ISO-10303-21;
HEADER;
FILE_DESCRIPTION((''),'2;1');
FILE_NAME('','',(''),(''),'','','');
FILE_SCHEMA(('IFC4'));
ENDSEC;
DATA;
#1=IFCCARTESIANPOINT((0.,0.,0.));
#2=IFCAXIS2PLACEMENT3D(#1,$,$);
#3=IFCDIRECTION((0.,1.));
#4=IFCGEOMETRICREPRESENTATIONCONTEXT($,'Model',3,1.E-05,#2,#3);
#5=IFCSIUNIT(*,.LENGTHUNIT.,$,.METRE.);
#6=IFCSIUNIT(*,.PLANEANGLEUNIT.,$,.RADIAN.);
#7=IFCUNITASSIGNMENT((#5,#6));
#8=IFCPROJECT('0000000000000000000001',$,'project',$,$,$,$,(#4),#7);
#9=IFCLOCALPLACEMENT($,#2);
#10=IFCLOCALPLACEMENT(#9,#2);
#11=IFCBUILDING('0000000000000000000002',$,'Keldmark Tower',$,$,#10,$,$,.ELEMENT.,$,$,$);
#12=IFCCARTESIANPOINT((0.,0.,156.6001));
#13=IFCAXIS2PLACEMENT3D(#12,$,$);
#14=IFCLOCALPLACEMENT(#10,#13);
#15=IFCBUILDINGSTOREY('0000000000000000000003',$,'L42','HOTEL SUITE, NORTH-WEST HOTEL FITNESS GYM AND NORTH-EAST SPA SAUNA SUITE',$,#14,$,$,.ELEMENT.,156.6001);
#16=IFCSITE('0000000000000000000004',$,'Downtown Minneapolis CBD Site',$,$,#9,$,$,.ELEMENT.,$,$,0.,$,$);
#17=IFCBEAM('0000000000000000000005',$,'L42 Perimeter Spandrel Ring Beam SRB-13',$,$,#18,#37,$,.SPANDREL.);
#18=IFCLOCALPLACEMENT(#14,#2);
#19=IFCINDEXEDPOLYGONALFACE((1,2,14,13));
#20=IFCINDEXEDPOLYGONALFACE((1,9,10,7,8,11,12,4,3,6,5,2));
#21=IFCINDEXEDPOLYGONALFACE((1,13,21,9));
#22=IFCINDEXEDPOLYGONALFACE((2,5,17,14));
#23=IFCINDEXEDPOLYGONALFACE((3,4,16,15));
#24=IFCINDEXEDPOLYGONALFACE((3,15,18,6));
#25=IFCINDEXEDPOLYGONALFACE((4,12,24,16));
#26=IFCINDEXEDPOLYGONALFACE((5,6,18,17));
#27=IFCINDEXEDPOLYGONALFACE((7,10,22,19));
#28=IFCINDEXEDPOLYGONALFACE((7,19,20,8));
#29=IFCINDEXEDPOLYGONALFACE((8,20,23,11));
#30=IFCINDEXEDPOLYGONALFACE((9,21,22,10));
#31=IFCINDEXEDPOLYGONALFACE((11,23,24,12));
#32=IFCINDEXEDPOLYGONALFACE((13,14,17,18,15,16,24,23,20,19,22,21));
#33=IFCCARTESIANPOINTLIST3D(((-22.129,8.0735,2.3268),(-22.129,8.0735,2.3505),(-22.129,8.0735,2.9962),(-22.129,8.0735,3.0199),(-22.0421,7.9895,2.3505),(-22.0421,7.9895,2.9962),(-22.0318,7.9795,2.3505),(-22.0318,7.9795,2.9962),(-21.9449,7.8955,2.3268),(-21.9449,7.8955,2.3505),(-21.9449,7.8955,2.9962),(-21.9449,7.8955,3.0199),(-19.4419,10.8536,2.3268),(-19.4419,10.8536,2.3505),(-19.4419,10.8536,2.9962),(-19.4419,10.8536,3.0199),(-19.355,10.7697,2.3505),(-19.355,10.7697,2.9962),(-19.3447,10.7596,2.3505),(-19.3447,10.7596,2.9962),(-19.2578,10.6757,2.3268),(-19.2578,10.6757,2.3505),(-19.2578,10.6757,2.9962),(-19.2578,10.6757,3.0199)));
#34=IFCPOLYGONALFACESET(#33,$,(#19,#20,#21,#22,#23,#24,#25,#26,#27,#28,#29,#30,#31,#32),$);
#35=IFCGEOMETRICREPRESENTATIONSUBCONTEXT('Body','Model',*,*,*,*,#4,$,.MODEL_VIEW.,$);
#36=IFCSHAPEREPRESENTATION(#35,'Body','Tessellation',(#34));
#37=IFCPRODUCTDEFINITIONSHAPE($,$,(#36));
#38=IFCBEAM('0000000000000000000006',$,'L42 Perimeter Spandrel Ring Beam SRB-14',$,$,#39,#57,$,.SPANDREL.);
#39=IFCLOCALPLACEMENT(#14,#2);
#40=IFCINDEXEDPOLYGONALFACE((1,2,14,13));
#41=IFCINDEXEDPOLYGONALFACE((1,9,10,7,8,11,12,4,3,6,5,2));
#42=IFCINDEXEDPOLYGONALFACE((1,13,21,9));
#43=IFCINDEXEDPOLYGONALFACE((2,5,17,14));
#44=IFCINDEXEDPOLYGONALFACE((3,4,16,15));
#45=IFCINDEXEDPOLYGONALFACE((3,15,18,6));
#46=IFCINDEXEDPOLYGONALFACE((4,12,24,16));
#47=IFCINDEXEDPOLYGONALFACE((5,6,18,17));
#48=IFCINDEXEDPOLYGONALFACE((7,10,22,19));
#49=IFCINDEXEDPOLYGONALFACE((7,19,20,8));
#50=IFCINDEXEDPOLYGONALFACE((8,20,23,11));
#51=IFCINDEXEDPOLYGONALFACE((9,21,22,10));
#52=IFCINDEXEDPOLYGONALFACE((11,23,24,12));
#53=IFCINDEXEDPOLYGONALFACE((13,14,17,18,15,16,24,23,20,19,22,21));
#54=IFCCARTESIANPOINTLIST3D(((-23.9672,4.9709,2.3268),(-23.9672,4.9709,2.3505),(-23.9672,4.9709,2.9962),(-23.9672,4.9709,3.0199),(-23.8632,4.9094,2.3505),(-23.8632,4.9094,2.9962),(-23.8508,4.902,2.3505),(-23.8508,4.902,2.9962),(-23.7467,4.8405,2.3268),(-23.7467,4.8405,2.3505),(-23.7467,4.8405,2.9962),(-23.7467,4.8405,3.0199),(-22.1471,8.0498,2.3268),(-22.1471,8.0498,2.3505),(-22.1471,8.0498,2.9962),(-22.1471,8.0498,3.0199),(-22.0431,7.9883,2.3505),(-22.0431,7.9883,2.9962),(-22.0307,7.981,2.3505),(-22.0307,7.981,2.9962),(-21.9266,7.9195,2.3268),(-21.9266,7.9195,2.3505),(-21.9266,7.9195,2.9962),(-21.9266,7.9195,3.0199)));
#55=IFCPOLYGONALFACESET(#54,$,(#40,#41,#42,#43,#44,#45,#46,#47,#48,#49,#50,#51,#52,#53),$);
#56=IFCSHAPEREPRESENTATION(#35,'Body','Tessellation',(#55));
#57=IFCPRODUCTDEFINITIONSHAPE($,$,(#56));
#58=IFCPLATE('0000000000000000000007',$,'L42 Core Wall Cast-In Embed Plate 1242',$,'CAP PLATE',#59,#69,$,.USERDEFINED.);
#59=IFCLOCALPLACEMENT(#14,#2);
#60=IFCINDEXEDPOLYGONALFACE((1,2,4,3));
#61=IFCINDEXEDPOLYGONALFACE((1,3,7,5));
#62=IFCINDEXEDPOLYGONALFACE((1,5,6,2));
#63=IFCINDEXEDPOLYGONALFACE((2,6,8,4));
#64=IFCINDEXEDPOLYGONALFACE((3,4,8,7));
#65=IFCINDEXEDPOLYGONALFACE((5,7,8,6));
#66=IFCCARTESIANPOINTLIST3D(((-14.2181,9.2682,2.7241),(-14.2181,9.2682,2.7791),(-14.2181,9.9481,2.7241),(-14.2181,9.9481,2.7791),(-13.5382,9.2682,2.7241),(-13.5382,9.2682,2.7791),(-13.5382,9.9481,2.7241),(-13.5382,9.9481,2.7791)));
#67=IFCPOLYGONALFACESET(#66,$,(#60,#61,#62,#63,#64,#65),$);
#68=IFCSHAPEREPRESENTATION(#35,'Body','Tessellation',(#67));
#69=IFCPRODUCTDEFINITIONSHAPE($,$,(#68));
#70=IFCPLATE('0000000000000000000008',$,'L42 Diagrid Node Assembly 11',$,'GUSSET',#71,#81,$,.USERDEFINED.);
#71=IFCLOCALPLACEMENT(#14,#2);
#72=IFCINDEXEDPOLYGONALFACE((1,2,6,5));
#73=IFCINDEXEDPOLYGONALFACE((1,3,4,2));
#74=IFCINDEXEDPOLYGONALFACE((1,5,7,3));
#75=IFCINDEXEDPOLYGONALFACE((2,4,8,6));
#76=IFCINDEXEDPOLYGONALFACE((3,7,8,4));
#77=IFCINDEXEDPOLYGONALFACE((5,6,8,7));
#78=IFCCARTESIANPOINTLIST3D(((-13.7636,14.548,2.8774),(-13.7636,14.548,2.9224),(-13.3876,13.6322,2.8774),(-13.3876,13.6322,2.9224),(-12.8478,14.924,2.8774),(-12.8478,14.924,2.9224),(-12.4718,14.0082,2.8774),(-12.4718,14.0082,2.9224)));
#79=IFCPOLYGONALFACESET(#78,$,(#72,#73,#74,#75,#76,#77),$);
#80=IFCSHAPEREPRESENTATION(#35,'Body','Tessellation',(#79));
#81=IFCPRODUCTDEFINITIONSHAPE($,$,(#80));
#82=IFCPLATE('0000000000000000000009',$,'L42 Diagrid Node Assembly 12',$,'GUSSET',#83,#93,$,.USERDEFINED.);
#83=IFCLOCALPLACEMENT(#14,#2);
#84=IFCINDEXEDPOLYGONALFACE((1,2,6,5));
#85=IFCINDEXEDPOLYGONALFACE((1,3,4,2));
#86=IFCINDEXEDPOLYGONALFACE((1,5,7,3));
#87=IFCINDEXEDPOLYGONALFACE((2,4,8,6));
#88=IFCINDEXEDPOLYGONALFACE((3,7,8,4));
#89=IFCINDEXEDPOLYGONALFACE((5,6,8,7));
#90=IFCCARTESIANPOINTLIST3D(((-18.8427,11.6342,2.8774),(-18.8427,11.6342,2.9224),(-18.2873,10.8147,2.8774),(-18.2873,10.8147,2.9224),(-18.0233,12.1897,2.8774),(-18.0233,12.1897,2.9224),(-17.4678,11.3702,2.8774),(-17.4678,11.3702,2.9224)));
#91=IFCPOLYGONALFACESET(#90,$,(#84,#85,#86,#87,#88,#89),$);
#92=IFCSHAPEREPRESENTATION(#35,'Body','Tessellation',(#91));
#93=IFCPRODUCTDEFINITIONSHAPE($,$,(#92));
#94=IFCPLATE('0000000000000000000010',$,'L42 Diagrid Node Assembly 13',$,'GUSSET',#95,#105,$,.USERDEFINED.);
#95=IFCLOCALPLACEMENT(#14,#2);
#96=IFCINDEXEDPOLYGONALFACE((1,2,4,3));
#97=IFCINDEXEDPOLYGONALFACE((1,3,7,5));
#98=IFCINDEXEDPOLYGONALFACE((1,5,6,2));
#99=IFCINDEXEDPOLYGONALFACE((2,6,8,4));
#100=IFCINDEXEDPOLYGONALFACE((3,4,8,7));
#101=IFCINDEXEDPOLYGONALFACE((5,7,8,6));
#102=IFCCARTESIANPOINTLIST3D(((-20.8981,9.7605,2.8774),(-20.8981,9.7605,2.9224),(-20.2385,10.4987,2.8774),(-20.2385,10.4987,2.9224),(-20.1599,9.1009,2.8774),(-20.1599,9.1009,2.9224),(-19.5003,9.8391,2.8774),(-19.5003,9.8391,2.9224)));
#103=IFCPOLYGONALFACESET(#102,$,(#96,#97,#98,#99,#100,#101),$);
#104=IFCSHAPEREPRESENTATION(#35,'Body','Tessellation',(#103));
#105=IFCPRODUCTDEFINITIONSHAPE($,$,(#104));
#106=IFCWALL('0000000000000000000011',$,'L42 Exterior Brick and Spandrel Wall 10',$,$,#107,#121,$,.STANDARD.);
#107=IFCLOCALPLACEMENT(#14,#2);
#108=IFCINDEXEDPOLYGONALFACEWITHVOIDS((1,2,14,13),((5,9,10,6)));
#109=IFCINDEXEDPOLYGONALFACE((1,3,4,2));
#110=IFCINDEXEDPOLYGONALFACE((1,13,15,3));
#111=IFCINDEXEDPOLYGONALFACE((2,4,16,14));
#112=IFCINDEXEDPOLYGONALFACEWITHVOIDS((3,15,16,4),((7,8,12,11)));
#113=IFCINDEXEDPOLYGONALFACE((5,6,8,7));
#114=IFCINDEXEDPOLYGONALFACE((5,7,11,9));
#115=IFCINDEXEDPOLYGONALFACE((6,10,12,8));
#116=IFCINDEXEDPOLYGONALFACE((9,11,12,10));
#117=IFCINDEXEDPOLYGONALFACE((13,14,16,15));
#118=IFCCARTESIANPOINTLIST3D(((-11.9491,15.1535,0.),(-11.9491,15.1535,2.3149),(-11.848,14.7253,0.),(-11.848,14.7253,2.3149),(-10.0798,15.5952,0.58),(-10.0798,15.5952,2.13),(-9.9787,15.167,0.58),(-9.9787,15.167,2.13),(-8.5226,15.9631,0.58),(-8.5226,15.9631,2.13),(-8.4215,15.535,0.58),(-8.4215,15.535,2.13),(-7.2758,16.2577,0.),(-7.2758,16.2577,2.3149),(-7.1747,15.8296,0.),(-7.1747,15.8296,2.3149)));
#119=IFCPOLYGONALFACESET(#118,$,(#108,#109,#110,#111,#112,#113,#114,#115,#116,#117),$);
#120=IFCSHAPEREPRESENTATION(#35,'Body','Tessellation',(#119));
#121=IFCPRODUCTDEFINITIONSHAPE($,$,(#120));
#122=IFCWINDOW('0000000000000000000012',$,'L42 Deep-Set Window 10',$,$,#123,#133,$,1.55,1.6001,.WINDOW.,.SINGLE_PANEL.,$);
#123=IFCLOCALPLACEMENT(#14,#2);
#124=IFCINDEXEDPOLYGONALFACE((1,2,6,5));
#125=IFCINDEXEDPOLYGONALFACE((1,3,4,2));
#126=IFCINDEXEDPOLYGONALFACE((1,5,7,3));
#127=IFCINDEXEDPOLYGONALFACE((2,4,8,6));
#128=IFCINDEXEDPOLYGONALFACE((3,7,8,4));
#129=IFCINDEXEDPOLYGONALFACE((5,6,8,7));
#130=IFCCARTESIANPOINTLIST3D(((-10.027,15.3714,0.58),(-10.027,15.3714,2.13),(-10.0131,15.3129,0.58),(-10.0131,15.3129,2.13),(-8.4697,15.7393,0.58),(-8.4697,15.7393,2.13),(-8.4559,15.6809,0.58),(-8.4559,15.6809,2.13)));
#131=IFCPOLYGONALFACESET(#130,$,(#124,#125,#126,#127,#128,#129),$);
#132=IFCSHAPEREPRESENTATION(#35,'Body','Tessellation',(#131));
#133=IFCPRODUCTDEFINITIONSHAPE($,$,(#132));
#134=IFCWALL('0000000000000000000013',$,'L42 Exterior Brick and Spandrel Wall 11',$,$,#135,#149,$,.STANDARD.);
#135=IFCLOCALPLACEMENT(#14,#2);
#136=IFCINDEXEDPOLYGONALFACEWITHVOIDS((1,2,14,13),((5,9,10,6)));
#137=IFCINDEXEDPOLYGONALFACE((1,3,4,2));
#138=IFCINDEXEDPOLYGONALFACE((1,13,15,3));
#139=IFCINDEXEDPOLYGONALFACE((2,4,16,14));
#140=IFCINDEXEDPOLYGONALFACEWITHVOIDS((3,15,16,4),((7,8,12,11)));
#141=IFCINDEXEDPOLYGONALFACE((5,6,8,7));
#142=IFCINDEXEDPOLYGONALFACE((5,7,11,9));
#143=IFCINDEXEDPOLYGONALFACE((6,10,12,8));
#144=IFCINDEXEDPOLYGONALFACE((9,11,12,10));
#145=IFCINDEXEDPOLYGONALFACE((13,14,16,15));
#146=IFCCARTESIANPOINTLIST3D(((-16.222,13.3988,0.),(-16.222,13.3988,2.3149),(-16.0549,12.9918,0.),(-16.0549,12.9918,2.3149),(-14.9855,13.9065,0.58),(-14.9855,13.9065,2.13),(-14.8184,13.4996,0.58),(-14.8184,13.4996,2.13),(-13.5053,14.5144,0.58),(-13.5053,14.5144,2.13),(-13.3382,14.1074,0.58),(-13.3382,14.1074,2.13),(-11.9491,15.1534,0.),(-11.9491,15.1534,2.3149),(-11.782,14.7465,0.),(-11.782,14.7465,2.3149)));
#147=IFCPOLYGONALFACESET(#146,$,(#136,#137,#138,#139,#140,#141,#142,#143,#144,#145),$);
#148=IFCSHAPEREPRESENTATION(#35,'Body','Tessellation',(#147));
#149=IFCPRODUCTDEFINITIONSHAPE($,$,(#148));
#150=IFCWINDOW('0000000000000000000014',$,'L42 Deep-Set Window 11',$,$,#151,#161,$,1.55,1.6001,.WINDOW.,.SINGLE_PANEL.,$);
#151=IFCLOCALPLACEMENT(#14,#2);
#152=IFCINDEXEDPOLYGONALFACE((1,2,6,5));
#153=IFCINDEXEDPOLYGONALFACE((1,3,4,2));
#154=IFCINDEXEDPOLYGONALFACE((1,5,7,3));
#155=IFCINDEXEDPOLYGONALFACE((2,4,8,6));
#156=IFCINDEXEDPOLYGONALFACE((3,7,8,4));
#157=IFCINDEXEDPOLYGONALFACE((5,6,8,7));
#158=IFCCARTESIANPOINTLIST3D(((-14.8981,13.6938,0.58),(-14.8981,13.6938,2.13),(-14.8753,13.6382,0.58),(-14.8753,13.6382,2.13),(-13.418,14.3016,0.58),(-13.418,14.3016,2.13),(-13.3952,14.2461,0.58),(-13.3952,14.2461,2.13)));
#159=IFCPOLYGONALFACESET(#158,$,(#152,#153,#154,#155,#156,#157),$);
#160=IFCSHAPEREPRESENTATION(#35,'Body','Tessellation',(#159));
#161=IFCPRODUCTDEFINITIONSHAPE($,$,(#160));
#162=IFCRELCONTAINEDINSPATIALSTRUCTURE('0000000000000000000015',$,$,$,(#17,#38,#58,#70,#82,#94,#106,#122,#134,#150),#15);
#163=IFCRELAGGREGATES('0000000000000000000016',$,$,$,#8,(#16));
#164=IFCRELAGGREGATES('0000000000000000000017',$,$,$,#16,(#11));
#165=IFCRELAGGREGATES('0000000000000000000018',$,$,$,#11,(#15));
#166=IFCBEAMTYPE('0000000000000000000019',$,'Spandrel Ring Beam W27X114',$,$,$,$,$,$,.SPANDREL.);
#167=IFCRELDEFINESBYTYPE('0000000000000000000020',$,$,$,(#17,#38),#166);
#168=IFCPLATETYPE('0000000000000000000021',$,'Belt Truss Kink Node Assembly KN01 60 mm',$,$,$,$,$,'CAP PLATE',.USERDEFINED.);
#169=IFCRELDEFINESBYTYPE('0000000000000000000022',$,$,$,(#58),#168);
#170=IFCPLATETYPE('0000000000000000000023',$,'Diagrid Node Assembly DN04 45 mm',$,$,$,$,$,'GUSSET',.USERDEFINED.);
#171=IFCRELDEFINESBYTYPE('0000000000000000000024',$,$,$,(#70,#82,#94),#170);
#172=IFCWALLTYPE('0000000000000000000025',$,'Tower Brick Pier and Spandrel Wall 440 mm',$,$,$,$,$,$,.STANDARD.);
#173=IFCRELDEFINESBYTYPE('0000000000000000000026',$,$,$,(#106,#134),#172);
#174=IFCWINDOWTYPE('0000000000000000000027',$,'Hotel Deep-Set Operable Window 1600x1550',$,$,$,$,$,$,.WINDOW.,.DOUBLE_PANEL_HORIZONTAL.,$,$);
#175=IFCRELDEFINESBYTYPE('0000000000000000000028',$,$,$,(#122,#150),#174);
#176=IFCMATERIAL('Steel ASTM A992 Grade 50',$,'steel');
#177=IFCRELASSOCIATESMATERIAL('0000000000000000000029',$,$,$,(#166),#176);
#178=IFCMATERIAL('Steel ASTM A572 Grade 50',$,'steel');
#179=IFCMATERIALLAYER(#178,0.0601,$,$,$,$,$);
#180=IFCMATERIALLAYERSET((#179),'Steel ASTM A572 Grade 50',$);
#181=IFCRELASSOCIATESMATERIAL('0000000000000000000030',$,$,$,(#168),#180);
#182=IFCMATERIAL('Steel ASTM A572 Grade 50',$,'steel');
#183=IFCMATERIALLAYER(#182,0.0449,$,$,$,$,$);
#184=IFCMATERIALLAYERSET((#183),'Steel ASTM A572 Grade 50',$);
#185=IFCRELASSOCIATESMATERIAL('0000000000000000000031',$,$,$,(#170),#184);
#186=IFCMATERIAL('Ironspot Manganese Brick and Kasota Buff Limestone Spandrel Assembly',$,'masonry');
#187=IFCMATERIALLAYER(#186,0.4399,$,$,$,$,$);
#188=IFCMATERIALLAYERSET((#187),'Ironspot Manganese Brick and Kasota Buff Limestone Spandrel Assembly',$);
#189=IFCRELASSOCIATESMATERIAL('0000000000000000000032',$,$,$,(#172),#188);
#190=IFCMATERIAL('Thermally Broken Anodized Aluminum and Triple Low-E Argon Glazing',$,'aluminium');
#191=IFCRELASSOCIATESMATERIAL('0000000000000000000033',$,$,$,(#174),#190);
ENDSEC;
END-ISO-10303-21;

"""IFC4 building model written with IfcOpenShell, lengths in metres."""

from ifc_helpers import new_model, si_unit, direction, frame, frame_2d, origin, origin_2d, place, context, subcontext, project, spatial, rectangle, i_section, extrude, material, layer, layer_set, material_profile, profile_set, type_object, element, fill, save


model = new_model("IFC4")

# Units and contexts
model_context = context("Model", 3, precision=1e-05, world=origin(), true_north=direction((0.0, 1.0)))
body_context = subcontext(model_context, "Body", "Model", "MODEL_VIEW")
ifc_project = project(units=[si_unit("LENGTHUNIT", "METRE"), si_unit("PLANEANGLEUNIT", "RADIAN")], contexts=[model_context])

# Site, building, storey
site_placement = place(None, origin())
site = spatial("IfcSite", under=ifc_project, at=site_placement, Name="Downtown Minneapolis CBD Site", CompositionType="ELEMENT", RefElevation=0.0)
building_placement = place(site_placement, origin())
building = spatial("IfcBuilding", under=site, at=building_placement, Name="Keldmark Tower", CompositionType="ELEMENT")
storey_placement = place(building_placement, frame((0.0, 0.0, 156.6001)))
storey = spatial("IfcBuildingStorey", under=building, at=storey_placement, Name="L42", Description="HOTEL SUITE, NORTH-WEST HOTEL FITNESS GYM AND NORTH-EAST SPA SAUNA SUITE", CompositionType="ELEMENT", Elevation=156.6001)

# Beams
ifc_material_1 = material(Name="Steel ASTM A992 Grade 50", Category="steel")
ifc_material_profile_1 = material_profile(ifc_material_1, i_section(OverallWidth=0.2561, OverallDepth=0.6931, WebThickness=0.0144, FlangeThickness=0.0237, at=origin_2d()), Name="W27X114")
ifc_profile_set_1 = profile_set([ifc_material_profile_1], Name="Steel ASTM A992 Grade 50")
beam_type_1 = type_object("IfcBeamType", Name="Spandrel Ring Beam W27X114", PredefinedType="SPANDREL", material=ifc_profile_set_1)
beam_1_placement = place(storey_placement, frame((-19.3499, 10.7646, 2.6733), z_axis=(-0.694975, -0.719034, 0.0), x_axis=(0.719034, -0.694975, 0.0)))
element("IfcBeam", 1, at=beam_1_placement, inside=storey, type_object=beam_type_1, Name="L42 Perimeter Spandrel Ring Beam SRB-13", PredefinedType="SPANDREL", context=body_context, shape_type="SweptSolid", body=[
    extrude(i_section(OverallWidth=0.2561, OverallDepth=0.6931, WebThickness=0.0144, FlangeThickness=0.0237, at=origin_2d()), origin(), (0.0, 0.0, 1.0), 3.8665),
])
beam_2_placement = place(storey_placement, frame((-22.0369, 7.9846, 2.6733), z_axis=(-0.508883, -0.860835, 0.0), x_axis=(0.860835, -0.508883, 0.0)))
element("IfcBeam", 2, at=beam_2_placement, inside=storey, type_object=beam_type_1, Name="L42 Perimeter Spandrel Ring Beam SRB-14", PredefinedType="SPANDREL", context=body_context, shape_type="SweptSolid", body=[
    extrude(i_section(OverallWidth=0.2561, OverallDepth=0.6931, WebThickness=0.0144, FlangeThickness=0.0237, at=origin_2d()), origin(), (0.0, 0.0, 1.0), 3.5767),
])

# Plates
ifc_material_2 = material(Name="Steel ASTM A572 Grade 50", Category="steel")
ifc_layer_1 = layer(ifc_material_2, 0.0601)
ifc_layer_set_1 = layer_set([ifc_layer_1], Name="Steel ASTM A572 Grade 50")
plate_type_1 = type_object("IfcPlateType", Name="Belt Truss Kink Node Assembly KN01 60 mm", ElementType="CAP PLATE", PredefinedType="USERDEFINED", material=ifc_layer_set_1)
plate_placement = place(storey_placement, frame((-13.8782, 9.6082, 2.7241), z_axis=(0.0, 0.0, 1.0), x_axis=(1.0, 0.0, 0.0)))
element("IfcPlate", 3, at=plate_placement, inside=storey, type_object=plate_type_1, Name="L42 Core Wall Cast-In Embed Plate 1242", ObjectType="CAP PLATE", PredefinedType="USERDEFINED", context=body_context, shape_type="SweptSolid", body=[
    extrude(rectangle(XDim=0.6799, YDim=0.6799, at=origin_2d()), origin(), (0.0, 0.0, 1.0), 0.0549),
])
ifc_material_3 = material(Name="Steel ASTM A572 Grade 50", Category="steel")
ifc_layer_2 = layer(ifc_material_3, 0.0449)
ifc_layer_set_2 = layer_set([ifc_layer_2], Name="Steel ASTM A572 Grade 50")
plate_type_2 = type_object("IfcPlateType", Name="Diagrid Node Assembly DN04 45 mm", ElementType="GUSSET", PredefinedType="USERDEFINED", material=ifc_layer_set_2)
for number, where, z_axis, x_axis, name in (
    (4, (-13.1177, 14.2781, 2.8774), (0.0, 0.0, 1.0), (-0.925077, -0.379779, 0.0), "L42 Diagrid Node Assembly 11"),
    (5, (-18.1553, 11.5022, 2.8774), (0.0, 0.0, 1.0), (-0.827767, -0.561072, 0.0), "L42 Diagrid Node Assembly 12"),
    (6, (-20.1992, 9.7998, 2.8774), (0.0, 0.0, 1.0), (-0.666272, -0.745709, 0.0), "L42 Diagrid Node Assembly 13"),
):
    element("IfcPlate", number, at=place(storey_placement, frame(where, z_axis=z_axis, x_axis=x_axis)), inside=storey, type_object=plate_type_2, Name=name, ObjectType="GUSSET", PredefinedType="USERDEFINED", context=body_context, shape_type="SweptSolid", body=[
        extrude(rectangle(XDim=0.99, YDim=0.99, at=origin_2d()), origin(), (0.0, 0.0, 1.0), 0.0449),
    ])

# Walls, openings, windows
ifc_material_4 = material(Name="Ironspot Manganese Brick and Kasota Buff Limestone Spandrel Assembly", Category="masonry")
ifc_layer_3 = layer(ifc_material_4, 0.4399)
ifc_layer_set_3 = layer_set([ifc_layer_3], Name="Ironspot Manganese Brick and Kasota Buff Limestone Spandrel Assembly")
wall_type_1 = type_object("IfcWallType", Name="Tower Brick Pier and Spandrel Wall 440 mm", PredefinedType="STANDARD", material=ifc_layer_set_3)
wall_1_placement = place(storey_placement, frame((-11.8984, 14.9395, 0.0), z_axis=(0.0, 0.0, 1.0), x_axis=(0.973201, 0.229955, 0.0)))
wall_1 = element("IfcWall", 7, at=wall_1_placement, inside=storey, type_object=wall_type_1, Name="L42 Exterior Brick and Spandrel Wall 10", PredefinedType="STANDARD", context=body_context, shape_type="SweptSolid", body=[
    extrude(rectangle(XDim=4.802, YDim=0.4399, at=frame_2d((2.4009, 0.0))), origin(), (0.0, 0.0, 1.0), 2.3149),
])
opening_1_placement = place(wall_1_placement, frame((1.9207, 0.0, 0.5801)))
opening_1 = element("IfcOpeningElement", 8, at=opening_1_placement, cuts=wall_1, PredefinedType="OPENING", context=body_context, shape_type="SweptSolid", body=[
    extrude(rectangle(XDim=1.6001, YDim=1.55, at=frame_2d((0.8, 0.7749))), frame((0.0, 0.23, 0.0), z_axis=(0.0, -1.0, 0.0), x_axis=(1.0, 0.0, 0.0)), (0.0, 0.0, 1.0), 0.46),
])
ifc_material_5 = material(Name="Thermally Broken Anodized Aluminum and Triple Low-E Argon Glazing", Category="aluminium")
window_type = type_object("IfcWindowType", Name="Hotel Deep-Set Operable Window 1600x1550", PartitioningType="DOUBLE_PANEL_HORIZONTAL", PredefinedType="WINDOW", material=ifc_material_5)
window_1_placement = place(opening_1_placement, origin())
window_1 = element("IfcWindow", 9, at=window_1_placement, inside=storey, type_object=window_type, Name="L42 Deep-Set Window 10", OverallHeight=1.55, OverallWidth=1.6001, PartitioningType="SINGLE_PANEL", PredefinedType="WINDOW", context=body_context, shape_type="SweptSolid", body=[
    extrude(rectangle(XDim=1.6001, YDim=1.55, at=frame_2d((0.8, 0.7749))), frame((0.0, -0.01, 0.0), z_axis=(0.0, -1.0, 0.0), x_axis=(1.0, 0.0, 0.0)), (0.0, 0.0, 1.0), 0.0601),
])
fill(opening_1, window_1)
wall_2_placement = place(storey_placement, frame((-16.1384, 13.1953, 0.0), z_axis=(0.0, 0.0, 1.0), x_axis=(0.925044, 0.379859, 0.0)))
wall_2 = element("IfcWall", 10, at=wall_2_placement, inside=storey, type_object=wall_type_1, Name="L42 Exterior Brick and Spandrel Wall 11", PredefinedType="STANDARD", context=body_context, shape_type="SweptSolid", body=[
    extrude(rectangle(XDim=4.6191, YDim=0.4399, at=frame_2d((2.3096, 0.0))), origin(), (0.0, 0.0, 1.0), 2.3149),
])
opening_2_placement = place(wall_2_placement, frame((1.3367, 0.0, 0.5801)))
opening_2 = element("IfcOpeningElement", 11, at=opening_2_placement, cuts=wall_2, PredefinedType="OPENING", context=body_context, shape_type="SweptSolid", body=[
    extrude(rectangle(XDim=1.6001, YDim=1.55, at=frame_2d((0.8, 0.7749))), frame((0.0, 0.23, 0.0), z_axis=(0.0, -1.0, 0.0), x_axis=(1.0, 0.0, 0.0)), (0.0, 0.0, 1.0), 0.46),
])
window_2_placement = place(opening_2_placement, origin())
window_2 = element("IfcWindow", 12, at=window_2_placement, inside=storey, type_object=window_type, Name="L42 Deep-Set Window 11", OverallHeight=1.55, OverallWidth=1.6001, PartitioningType="SINGLE_PANEL", PredefinedType="WINDOW", context=body_context, shape_type="SweptSolid", body=[
    extrude(rectangle(XDim=1.6001, YDim=1.55, at=frame_2d((0.8, 0.7749))), frame((0.0, -0.01, 0.0), z_axis=(0.0, -1.0, 0.0), x_axis=(1.0, 0.0, 0.0)), (0.0, 0.0, 1.0), 0.0601),
])
fill(opening_2, window_2)

save(model, "model.ifc")
